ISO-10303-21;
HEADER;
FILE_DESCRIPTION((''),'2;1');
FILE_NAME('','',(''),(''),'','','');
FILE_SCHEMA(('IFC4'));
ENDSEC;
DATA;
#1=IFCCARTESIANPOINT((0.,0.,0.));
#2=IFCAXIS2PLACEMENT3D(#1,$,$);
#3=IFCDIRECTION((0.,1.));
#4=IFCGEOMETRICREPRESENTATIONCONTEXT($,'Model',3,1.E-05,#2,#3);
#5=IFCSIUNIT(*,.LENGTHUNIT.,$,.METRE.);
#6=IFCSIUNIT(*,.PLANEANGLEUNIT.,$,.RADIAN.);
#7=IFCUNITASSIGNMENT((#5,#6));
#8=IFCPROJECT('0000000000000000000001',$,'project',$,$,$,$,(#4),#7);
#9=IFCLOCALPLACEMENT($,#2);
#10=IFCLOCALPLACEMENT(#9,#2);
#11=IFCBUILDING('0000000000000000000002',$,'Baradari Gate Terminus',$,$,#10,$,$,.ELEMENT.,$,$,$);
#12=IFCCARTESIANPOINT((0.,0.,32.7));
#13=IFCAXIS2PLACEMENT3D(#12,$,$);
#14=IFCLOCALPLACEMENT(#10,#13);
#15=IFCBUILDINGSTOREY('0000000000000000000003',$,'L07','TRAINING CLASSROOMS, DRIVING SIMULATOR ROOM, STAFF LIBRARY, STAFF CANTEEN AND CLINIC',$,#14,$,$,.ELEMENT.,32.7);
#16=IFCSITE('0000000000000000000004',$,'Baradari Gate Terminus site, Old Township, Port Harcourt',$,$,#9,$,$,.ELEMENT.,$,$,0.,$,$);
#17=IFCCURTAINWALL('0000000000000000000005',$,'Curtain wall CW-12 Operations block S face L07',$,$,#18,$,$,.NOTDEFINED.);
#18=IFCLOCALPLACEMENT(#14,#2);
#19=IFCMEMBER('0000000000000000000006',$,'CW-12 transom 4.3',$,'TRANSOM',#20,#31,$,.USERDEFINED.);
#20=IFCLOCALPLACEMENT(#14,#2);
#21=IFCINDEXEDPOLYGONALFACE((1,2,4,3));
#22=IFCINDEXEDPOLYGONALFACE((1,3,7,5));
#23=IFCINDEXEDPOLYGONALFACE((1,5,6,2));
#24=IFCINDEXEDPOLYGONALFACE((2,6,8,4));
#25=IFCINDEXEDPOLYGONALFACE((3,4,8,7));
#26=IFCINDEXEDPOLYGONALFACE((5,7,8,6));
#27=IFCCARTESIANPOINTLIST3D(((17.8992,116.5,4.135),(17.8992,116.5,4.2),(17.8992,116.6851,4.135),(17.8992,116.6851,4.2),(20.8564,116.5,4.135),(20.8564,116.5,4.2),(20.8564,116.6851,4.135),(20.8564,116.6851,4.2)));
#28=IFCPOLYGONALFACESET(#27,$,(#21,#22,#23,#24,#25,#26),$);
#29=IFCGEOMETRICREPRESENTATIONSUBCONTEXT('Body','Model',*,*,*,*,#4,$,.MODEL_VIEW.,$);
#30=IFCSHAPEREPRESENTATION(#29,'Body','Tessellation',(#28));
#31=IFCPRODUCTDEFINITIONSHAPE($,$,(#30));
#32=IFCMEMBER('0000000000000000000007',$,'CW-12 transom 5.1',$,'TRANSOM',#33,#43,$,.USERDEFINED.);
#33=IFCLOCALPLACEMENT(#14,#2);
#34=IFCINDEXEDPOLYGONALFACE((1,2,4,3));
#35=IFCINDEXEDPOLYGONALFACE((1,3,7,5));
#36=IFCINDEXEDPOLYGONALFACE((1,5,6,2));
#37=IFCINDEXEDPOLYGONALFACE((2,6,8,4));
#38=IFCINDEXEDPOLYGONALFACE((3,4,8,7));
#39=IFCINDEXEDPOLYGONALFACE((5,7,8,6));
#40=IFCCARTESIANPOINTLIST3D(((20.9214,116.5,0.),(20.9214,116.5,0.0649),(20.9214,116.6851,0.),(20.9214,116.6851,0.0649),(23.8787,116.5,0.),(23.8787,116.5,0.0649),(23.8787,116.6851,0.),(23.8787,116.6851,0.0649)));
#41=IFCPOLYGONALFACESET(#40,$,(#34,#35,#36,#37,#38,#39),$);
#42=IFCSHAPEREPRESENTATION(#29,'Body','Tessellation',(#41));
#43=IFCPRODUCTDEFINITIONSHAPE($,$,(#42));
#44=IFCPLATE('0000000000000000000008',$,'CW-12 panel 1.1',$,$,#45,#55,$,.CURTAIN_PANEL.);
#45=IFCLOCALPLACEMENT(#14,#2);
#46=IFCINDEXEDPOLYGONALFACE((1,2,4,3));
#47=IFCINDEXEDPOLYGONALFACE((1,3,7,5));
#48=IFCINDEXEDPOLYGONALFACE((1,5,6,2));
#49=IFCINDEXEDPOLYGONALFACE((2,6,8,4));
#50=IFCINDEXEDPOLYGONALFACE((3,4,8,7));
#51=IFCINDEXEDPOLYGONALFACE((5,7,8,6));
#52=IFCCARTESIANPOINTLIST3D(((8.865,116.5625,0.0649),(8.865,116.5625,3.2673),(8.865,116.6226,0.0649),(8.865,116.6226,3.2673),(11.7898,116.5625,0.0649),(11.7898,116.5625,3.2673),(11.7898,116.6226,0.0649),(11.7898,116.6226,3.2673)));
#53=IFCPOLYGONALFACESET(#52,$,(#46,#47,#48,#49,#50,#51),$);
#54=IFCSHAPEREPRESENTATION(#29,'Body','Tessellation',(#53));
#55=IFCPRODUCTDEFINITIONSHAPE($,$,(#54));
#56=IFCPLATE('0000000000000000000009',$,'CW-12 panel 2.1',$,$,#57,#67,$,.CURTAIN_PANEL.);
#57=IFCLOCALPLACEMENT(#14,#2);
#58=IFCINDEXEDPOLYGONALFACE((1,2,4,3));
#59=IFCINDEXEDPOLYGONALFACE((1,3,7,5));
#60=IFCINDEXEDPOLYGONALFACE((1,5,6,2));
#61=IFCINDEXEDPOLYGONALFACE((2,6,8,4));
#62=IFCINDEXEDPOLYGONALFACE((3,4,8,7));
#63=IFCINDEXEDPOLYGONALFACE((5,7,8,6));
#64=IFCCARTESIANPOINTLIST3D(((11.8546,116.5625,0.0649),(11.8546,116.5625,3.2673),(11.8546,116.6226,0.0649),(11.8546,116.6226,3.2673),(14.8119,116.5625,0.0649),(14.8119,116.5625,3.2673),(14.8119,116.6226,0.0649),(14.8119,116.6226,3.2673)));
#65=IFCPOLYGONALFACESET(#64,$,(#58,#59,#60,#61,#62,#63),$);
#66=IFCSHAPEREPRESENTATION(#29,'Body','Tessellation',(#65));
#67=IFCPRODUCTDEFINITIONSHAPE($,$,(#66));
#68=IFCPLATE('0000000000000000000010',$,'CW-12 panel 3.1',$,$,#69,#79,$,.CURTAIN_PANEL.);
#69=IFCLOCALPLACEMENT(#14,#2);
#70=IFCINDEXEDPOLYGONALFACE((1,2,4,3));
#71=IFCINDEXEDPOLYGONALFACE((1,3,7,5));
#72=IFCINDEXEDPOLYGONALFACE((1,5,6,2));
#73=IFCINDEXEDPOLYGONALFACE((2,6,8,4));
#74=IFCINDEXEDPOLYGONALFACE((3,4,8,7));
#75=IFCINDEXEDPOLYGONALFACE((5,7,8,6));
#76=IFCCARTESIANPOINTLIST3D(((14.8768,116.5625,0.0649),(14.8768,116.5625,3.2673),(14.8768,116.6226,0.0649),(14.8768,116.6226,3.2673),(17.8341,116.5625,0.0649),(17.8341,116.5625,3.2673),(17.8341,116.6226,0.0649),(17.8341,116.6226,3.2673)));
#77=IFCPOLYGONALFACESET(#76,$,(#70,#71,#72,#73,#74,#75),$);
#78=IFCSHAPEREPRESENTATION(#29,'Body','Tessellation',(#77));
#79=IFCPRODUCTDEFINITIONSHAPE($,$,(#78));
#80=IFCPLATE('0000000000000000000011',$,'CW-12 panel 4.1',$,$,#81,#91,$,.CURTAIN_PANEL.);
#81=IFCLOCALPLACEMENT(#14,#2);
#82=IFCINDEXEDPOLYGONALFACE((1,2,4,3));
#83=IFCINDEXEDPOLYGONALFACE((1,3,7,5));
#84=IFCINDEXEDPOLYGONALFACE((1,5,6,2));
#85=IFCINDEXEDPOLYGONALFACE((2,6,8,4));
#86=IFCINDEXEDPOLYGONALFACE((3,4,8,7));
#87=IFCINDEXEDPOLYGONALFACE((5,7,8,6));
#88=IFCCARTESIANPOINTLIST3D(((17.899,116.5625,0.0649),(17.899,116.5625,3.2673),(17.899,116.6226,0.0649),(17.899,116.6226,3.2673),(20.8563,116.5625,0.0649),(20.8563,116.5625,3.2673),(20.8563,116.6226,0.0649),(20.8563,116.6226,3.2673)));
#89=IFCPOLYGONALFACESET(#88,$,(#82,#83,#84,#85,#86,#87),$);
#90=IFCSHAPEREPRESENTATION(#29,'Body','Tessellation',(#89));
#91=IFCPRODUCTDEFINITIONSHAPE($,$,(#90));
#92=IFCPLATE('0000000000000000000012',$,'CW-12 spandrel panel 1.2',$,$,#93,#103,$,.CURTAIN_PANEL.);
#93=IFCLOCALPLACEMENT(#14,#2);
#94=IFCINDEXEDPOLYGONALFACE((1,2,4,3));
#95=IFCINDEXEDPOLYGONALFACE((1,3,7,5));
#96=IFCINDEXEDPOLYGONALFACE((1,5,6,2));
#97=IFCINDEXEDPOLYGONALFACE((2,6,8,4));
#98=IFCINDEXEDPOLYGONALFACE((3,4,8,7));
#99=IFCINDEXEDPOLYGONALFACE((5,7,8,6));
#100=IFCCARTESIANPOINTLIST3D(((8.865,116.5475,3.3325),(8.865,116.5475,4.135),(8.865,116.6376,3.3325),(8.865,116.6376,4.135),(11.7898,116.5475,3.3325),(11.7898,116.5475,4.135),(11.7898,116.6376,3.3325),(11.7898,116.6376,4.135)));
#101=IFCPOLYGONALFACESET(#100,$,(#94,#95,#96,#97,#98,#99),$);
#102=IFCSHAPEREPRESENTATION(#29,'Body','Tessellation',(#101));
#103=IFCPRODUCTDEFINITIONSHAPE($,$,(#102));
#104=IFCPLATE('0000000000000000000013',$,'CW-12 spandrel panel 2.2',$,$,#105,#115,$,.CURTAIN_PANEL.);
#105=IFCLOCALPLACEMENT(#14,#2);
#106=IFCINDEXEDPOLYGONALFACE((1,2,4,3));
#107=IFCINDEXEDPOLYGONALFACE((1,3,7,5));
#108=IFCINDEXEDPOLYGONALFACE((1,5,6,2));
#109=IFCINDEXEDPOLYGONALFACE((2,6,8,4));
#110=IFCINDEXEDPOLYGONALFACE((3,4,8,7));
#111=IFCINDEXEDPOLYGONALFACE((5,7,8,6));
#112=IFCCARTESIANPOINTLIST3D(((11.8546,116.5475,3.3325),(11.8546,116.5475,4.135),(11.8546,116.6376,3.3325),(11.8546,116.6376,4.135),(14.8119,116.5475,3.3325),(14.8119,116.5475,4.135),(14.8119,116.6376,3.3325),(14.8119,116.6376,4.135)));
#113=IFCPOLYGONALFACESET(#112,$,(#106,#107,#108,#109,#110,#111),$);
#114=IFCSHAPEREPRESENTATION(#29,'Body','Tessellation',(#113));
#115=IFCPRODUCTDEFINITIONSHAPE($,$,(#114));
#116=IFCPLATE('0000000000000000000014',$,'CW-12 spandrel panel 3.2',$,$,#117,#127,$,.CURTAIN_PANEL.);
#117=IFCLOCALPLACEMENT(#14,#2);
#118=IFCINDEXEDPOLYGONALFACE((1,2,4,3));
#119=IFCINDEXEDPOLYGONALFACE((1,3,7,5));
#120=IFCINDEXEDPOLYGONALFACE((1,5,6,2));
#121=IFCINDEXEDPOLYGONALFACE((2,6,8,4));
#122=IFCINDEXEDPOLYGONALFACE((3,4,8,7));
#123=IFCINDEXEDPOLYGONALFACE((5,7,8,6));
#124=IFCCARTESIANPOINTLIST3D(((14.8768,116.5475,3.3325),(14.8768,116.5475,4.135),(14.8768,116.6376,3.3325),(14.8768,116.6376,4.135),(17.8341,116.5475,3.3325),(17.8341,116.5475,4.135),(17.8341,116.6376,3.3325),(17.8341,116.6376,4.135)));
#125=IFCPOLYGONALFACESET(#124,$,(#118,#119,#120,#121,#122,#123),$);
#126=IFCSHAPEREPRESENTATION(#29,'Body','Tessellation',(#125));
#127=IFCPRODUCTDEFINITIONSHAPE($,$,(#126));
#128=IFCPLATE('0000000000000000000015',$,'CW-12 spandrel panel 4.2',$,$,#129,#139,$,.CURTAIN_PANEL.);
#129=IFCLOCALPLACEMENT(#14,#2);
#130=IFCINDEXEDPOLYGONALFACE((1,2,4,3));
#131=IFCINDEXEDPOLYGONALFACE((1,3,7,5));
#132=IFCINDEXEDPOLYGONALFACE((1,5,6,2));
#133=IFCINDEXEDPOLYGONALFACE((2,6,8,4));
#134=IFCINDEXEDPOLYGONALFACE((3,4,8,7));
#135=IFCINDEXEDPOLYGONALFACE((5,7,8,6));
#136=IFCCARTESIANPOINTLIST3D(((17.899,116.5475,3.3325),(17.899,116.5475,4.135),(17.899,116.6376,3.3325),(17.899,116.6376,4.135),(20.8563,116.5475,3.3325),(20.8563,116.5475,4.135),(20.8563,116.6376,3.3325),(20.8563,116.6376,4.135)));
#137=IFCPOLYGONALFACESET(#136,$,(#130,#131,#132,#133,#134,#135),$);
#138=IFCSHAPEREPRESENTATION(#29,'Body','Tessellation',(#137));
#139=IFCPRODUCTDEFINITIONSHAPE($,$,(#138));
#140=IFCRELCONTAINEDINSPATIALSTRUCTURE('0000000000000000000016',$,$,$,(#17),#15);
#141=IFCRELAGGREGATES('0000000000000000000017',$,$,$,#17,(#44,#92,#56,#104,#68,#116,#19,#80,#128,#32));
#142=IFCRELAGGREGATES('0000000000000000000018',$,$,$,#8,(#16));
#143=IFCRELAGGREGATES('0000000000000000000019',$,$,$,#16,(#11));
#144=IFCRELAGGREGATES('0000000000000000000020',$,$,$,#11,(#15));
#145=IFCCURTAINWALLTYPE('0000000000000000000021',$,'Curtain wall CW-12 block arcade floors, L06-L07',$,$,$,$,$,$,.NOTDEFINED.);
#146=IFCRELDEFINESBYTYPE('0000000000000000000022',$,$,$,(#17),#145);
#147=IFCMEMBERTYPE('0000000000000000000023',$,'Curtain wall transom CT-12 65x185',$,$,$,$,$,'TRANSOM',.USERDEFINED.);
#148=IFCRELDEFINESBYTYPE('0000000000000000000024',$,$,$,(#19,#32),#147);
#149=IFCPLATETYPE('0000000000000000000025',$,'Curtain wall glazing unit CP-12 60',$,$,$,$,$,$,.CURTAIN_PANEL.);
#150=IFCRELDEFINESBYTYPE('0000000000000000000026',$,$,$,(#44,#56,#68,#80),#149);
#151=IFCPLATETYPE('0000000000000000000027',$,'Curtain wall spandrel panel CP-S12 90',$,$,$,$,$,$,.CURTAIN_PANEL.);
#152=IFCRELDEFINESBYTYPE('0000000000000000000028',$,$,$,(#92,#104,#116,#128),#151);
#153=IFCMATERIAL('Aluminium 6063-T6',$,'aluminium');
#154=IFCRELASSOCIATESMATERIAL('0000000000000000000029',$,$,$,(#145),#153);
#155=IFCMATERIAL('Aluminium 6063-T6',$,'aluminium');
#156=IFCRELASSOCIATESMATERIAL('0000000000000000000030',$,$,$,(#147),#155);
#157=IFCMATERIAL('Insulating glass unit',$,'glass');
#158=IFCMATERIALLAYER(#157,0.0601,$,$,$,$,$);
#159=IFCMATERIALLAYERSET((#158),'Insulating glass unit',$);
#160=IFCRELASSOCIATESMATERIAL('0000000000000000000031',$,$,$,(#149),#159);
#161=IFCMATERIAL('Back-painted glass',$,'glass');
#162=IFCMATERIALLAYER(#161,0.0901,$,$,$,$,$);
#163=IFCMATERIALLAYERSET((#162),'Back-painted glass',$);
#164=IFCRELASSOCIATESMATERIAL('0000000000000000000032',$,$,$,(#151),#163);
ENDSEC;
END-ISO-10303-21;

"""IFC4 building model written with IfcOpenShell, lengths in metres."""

from ifc_helpers import new_model, si_unit, direction, frame, origin, origin_2d, place, context, subcontext, project, spatial, rectangle, extrude, material, layer, layer_set, material_profile, profile_set, type_object, element, aggregate, save


model = new_model("IFC4")

# Units and contexts
model_context = context("Model", 3, precision=1e-05, world=origin(), true_north=direction((0.0, 1.0)))
body_context = subcontext(model_context, "Body", "Model", "MODEL_VIEW")
ifc_project = project(units=[si_unit("LENGTHUNIT", "METRE"), si_unit("PLANEANGLEUNIT", "RADIAN")], contexts=[model_context])

# Site, building, storey
site_placement = place(None, origin())
site = spatial("IfcSite", under=ifc_project, at=site_placement, Name="Baradari Gate Terminus site, Old Township, Port Harcourt", CompositionType="ELEMENT", RefElevation=0.0)
building_placement = place(site_placement, origin())
building = spatial("IfcBuilding", under=site, at=building_placement, Name="Baradari Gate Terminus", CompositionType="ELEMENT")
storey_placement = place(building_placement, frame((0.0, 0.0, 32.7)))
storey = spatial("IfcBuildingStorey", under=building, at=storey_placement, Name="L07", Description="TRAINING CLASSROOMS, DRIVING SIMULATOR ROOM, STAFF LIBRARY, STAFF CANTEEN AND CLINIC", CompositionType="ELEMENT", Elevation=32.7)

# Curtain wall, members, plates
ifc_material_1 = material(Name="Aluminium 6063-T6", Category="aluminium")
curtain_wall_type = type_object("IfcCurtainWallType", Name="Curtain wall CW-12 block arcade floors, L06-L07", PredefinedType="NOTDEFINED", material=ifc_material_1)
curtain_wall_placement = place(storey_placement, origin())
curtain_wall = element("IfcCurtainWall", 1, at=curtain_wall_placement, inside=storey, type_object=curtain_wall_type, Name="Curtain wall CW-12 Operations block S face L07", PredefinedType="NOTDEFINED")
ifc_material_2 = material(Name="Aluminium 6063-T6", Category="aluminium")
ifc_material_profile_1 = material_profile(ifc_material_2, rectangle(XDim=0.1851, YDim=0.0649, at=origin_2d()), Name="CT-12 65X185")
ifc_profile_set_1 = profile_set([ifc_material_profile_1], Name="Aluminium 6063-T6")
member_type_1 = type_object("IfcMemberType", Name="Curtain wall transom CT-12 65x185", ElementType="TRANSOM", PredefinedType="USERDEFINED", material=ifc_profile_set_1)
member_1_placement = place(storey_placement, frame((17.8992, 116.5925, 4.1675), z_axis=(1.0, 0.0, 0.0), x_axis=(0.0, 1.0, 0.0)))
member_1 = element("IfcMember", 2, at=member_1_placement, type_object=member_type_1, Name="CW-12 transom 4.3", ObjectType="TRANSOM", PredefinedType="USERDEFINED", context=body_context, shape_type="SweptSolid", body=[
    extrude(rectangle(XDim=0.1851, YDim=0.0649, at=origin_2d()), origin(), (0.0, 0.0, 1.0), 2.9573),
])
member_2_placement = place(storey_placement, frame((20.9214, 116.5925, 0.0325), z_axis=(1.0, 0.0, 0.0), x_axis=(0.0, 1.0, 0.0)))
member_2 = element("IfcMember", 3, at=member_2_placement, type_object=member_type_1, Name="CW-12 transom 5.1", ObjectType="TRANSOM", PredefinedType="USERDEFINED", context=body_context, shape_type="SweptSolid", body=[
    extrude(rectangle(XDim=0.1851, YDim=0.0649, at=origin_2d()), origin(), (0.0, 0.0, 1.0), 2.9573),
])
ifc_material_3 = material(Name="Insulating glass unit", Category="glass")
ifc_layer_1 = layer(ifc_material_3, 0.0601)
ifc_layer_set_1 = layer_set([ifc_layer_1], Name="Insulating glass unit")
plate_type_1 = type_object("IfcPlateType", Name="Curtain wall glazing unit CP-12 60", PredefinedType="CURTAIN_PANEL", material=ifc_layer_set_1)
plate_1_placement = place(storey_placement, frame((10.3274, 116.5925, 0.0649), z_axis=(0.0, 0.0, 1.0), x_axis=(1.0, 0.0, 0.0)))
plate_1 = element("IfcPlate", 4, at=plate_1_placement, type_object=plate_type_1, Name="CW-12 panel 1.1", PredefinedType="CURTAIN_PANEL", context=body_context, shape_type="SweptSolid", body=[
    extrude(rectangle(XDim=2.9248, YDim=0.0601, at=origin_2d()), origin(), (0.0, 0.0, 1.0), 3.2024),
])
plate_2_placement = place(storey_placement, frame((13.3333, 116.5925, 0.0649), z_axis=(0.0, 0.0, 1.0), x_axis=(1.0, 0.0, 0.0)))
plate_2 = element("IfcPlate", 5, at=plate_2_placement, type_object=plate_type_1, Name="CW-12 panel 2.1", PredefinedType="CURTAIN_PANEL", context=body_context, shape_type="SweptSolid", body=[
    extrude(rectangle(XDim=2.9573, YDim=0.0601, at=origin_2d()), origin(), (0.0, 0.0, 1.0), 3.2024),
])
plate_3_placement = place(storey_placement, frame((16.3555, 116.5925, 0.0649), z_axis=(0.0, 0.0, 1.0), x_axis=(1.0, 0.0, 0.0)))
plate_3 = element("IfcPlate", 6, at=plate_3_placement, type_object=plate_type_1, Name="CW-12 panel 3.1", PredefinedType="CURTAIN_PANEL", context=body_context, shape_type="SweptSolid", body=[
    extrude(rectangle(XDim=2.9573, YDim=0.0601, at=origin_2d()), origin(), (0.0, 0.0, 1.0), 3.2024),
])
plate_4_placement = place(storey_placement, frame((19.3777, 116.5925, 0.0649), z_axis=(0.0, 0.0, 1.0), x_axis=(1.0, 0.0, 0.0)))
plate_4 = element("IfcPlate", 7, at=plate_4_placement, type_object=plate_type_1, Name="CW-12 panel 4.1", PredefinedType="CURTAIN_PANEL", context=body_context, shape_type="SweptSolid", body=[
    extrude(rectangle(XDim=2.9573, YDim=0.0601, at=origin_2d()), origin(), (0.0, 0.0, 1.0), 3.2024),
])
ifc_material_4 = material(Name="Back-painted glass", Category="glass")
ifc_layer_2 = layer(ifc_material_4, 0.0901)
ifc_layer_set_2 = layer_set([ifc_layer_2], Name="Back-painted glass")
plate_type_2 = type_object("IfcPlateType", Name="Curtain wall spandrel panel CP-S12 90", PredefinedType="CURTAIN_PANEL", material=ifc_layer_set_2)
plate_5_placement = place(storey_placement, frame((10.3274, 116.5925, 3.3325), z_axis=(0.0, 0.0, 1.0), x_axis=(1.0, 0.0, 0.0)))
plate_5 = element("IfcPlate", 8, at=plate_5_placement, type_object=plate_type_2, Name="CW-12 spandrel panel 1.2", PredefinedType="CURTAIN_PANEL", context=body_context, shape_type="SweptSolid", body=[
    extrude(rectangle(XDim=2.9248, YDim=0.0901, at=origin_2d()), origin(), (0.0, 0.0, 1.0), 0.8025),
])
plate_6_placement = place(storey_placement, frame((13.3333, 116.5925, 3.3325), z_axis=(0.0, 0.0, 1.0), x_axis=(1.0, 0.0, 0.0)))
plate_6 = element("IfcPlate", 9, at=plate_6_placement, type_object=plate_type_2, Name="CW-12 spandrel panel 2.2", PredefinedType="CURTAIN_PANEL", context=body_context, shape_type="SweptSolid", body=[
    extrude(rectangle(XDim=2.9573, YDim=0.0901, at=origin_2d()), origin(), (0.0, 0.0, 1.0), 0.8025),
])
plate_7_placement = place(storey_placement, frame((16.3555, 116.5925, 3.3325), z_axis=(0.0, 0.0, 1.0), x_axis=(1.0, 0.0, 0.0)))
plate_7 = element("IfcPlate", 10, at=plate_7_placement, type_object=plate_type_2, Name="CW-12 spandrel panel 3.2", PredefinedType="CURTAIN_PANEL", context=body_context, shape_type="SweptSolid", body=[
    extrude(rectangle(XDim=2.9573, YDim=0.0901, at=origin_2d()), origin(), (0.0, 0.0, 1.0), 0.8025),
])
plate_8_placement = place(storey_placement, frame((19.3777, 116.5925, 3.3325), z_axis=(0.0, 0.0, 1.0), x_axis=(1.0, 0.0, 0.0)))
plate_8 = element("IfcPlate", 11, at=plate_8_placement, type_object=plate_type_2, Name="CW-12 spandrel panel 4.2", PredefinedType="CURTAIN_PANEL", context=body_context, shape_type="SweptSolid", body=[
    extrude(rectangle(XDim=2.9573, YDim=0.0901, at=origin_2d()), origin(), (0.0, 0.0, 1.0), 0.8025),
])
aggregate(curtain_wall, [plate_1, plate_5, plate_2, plate_6, plate_3, plate_7, member_1, plate_4, plate_8, member_2])

save(model, "model.ifc")
